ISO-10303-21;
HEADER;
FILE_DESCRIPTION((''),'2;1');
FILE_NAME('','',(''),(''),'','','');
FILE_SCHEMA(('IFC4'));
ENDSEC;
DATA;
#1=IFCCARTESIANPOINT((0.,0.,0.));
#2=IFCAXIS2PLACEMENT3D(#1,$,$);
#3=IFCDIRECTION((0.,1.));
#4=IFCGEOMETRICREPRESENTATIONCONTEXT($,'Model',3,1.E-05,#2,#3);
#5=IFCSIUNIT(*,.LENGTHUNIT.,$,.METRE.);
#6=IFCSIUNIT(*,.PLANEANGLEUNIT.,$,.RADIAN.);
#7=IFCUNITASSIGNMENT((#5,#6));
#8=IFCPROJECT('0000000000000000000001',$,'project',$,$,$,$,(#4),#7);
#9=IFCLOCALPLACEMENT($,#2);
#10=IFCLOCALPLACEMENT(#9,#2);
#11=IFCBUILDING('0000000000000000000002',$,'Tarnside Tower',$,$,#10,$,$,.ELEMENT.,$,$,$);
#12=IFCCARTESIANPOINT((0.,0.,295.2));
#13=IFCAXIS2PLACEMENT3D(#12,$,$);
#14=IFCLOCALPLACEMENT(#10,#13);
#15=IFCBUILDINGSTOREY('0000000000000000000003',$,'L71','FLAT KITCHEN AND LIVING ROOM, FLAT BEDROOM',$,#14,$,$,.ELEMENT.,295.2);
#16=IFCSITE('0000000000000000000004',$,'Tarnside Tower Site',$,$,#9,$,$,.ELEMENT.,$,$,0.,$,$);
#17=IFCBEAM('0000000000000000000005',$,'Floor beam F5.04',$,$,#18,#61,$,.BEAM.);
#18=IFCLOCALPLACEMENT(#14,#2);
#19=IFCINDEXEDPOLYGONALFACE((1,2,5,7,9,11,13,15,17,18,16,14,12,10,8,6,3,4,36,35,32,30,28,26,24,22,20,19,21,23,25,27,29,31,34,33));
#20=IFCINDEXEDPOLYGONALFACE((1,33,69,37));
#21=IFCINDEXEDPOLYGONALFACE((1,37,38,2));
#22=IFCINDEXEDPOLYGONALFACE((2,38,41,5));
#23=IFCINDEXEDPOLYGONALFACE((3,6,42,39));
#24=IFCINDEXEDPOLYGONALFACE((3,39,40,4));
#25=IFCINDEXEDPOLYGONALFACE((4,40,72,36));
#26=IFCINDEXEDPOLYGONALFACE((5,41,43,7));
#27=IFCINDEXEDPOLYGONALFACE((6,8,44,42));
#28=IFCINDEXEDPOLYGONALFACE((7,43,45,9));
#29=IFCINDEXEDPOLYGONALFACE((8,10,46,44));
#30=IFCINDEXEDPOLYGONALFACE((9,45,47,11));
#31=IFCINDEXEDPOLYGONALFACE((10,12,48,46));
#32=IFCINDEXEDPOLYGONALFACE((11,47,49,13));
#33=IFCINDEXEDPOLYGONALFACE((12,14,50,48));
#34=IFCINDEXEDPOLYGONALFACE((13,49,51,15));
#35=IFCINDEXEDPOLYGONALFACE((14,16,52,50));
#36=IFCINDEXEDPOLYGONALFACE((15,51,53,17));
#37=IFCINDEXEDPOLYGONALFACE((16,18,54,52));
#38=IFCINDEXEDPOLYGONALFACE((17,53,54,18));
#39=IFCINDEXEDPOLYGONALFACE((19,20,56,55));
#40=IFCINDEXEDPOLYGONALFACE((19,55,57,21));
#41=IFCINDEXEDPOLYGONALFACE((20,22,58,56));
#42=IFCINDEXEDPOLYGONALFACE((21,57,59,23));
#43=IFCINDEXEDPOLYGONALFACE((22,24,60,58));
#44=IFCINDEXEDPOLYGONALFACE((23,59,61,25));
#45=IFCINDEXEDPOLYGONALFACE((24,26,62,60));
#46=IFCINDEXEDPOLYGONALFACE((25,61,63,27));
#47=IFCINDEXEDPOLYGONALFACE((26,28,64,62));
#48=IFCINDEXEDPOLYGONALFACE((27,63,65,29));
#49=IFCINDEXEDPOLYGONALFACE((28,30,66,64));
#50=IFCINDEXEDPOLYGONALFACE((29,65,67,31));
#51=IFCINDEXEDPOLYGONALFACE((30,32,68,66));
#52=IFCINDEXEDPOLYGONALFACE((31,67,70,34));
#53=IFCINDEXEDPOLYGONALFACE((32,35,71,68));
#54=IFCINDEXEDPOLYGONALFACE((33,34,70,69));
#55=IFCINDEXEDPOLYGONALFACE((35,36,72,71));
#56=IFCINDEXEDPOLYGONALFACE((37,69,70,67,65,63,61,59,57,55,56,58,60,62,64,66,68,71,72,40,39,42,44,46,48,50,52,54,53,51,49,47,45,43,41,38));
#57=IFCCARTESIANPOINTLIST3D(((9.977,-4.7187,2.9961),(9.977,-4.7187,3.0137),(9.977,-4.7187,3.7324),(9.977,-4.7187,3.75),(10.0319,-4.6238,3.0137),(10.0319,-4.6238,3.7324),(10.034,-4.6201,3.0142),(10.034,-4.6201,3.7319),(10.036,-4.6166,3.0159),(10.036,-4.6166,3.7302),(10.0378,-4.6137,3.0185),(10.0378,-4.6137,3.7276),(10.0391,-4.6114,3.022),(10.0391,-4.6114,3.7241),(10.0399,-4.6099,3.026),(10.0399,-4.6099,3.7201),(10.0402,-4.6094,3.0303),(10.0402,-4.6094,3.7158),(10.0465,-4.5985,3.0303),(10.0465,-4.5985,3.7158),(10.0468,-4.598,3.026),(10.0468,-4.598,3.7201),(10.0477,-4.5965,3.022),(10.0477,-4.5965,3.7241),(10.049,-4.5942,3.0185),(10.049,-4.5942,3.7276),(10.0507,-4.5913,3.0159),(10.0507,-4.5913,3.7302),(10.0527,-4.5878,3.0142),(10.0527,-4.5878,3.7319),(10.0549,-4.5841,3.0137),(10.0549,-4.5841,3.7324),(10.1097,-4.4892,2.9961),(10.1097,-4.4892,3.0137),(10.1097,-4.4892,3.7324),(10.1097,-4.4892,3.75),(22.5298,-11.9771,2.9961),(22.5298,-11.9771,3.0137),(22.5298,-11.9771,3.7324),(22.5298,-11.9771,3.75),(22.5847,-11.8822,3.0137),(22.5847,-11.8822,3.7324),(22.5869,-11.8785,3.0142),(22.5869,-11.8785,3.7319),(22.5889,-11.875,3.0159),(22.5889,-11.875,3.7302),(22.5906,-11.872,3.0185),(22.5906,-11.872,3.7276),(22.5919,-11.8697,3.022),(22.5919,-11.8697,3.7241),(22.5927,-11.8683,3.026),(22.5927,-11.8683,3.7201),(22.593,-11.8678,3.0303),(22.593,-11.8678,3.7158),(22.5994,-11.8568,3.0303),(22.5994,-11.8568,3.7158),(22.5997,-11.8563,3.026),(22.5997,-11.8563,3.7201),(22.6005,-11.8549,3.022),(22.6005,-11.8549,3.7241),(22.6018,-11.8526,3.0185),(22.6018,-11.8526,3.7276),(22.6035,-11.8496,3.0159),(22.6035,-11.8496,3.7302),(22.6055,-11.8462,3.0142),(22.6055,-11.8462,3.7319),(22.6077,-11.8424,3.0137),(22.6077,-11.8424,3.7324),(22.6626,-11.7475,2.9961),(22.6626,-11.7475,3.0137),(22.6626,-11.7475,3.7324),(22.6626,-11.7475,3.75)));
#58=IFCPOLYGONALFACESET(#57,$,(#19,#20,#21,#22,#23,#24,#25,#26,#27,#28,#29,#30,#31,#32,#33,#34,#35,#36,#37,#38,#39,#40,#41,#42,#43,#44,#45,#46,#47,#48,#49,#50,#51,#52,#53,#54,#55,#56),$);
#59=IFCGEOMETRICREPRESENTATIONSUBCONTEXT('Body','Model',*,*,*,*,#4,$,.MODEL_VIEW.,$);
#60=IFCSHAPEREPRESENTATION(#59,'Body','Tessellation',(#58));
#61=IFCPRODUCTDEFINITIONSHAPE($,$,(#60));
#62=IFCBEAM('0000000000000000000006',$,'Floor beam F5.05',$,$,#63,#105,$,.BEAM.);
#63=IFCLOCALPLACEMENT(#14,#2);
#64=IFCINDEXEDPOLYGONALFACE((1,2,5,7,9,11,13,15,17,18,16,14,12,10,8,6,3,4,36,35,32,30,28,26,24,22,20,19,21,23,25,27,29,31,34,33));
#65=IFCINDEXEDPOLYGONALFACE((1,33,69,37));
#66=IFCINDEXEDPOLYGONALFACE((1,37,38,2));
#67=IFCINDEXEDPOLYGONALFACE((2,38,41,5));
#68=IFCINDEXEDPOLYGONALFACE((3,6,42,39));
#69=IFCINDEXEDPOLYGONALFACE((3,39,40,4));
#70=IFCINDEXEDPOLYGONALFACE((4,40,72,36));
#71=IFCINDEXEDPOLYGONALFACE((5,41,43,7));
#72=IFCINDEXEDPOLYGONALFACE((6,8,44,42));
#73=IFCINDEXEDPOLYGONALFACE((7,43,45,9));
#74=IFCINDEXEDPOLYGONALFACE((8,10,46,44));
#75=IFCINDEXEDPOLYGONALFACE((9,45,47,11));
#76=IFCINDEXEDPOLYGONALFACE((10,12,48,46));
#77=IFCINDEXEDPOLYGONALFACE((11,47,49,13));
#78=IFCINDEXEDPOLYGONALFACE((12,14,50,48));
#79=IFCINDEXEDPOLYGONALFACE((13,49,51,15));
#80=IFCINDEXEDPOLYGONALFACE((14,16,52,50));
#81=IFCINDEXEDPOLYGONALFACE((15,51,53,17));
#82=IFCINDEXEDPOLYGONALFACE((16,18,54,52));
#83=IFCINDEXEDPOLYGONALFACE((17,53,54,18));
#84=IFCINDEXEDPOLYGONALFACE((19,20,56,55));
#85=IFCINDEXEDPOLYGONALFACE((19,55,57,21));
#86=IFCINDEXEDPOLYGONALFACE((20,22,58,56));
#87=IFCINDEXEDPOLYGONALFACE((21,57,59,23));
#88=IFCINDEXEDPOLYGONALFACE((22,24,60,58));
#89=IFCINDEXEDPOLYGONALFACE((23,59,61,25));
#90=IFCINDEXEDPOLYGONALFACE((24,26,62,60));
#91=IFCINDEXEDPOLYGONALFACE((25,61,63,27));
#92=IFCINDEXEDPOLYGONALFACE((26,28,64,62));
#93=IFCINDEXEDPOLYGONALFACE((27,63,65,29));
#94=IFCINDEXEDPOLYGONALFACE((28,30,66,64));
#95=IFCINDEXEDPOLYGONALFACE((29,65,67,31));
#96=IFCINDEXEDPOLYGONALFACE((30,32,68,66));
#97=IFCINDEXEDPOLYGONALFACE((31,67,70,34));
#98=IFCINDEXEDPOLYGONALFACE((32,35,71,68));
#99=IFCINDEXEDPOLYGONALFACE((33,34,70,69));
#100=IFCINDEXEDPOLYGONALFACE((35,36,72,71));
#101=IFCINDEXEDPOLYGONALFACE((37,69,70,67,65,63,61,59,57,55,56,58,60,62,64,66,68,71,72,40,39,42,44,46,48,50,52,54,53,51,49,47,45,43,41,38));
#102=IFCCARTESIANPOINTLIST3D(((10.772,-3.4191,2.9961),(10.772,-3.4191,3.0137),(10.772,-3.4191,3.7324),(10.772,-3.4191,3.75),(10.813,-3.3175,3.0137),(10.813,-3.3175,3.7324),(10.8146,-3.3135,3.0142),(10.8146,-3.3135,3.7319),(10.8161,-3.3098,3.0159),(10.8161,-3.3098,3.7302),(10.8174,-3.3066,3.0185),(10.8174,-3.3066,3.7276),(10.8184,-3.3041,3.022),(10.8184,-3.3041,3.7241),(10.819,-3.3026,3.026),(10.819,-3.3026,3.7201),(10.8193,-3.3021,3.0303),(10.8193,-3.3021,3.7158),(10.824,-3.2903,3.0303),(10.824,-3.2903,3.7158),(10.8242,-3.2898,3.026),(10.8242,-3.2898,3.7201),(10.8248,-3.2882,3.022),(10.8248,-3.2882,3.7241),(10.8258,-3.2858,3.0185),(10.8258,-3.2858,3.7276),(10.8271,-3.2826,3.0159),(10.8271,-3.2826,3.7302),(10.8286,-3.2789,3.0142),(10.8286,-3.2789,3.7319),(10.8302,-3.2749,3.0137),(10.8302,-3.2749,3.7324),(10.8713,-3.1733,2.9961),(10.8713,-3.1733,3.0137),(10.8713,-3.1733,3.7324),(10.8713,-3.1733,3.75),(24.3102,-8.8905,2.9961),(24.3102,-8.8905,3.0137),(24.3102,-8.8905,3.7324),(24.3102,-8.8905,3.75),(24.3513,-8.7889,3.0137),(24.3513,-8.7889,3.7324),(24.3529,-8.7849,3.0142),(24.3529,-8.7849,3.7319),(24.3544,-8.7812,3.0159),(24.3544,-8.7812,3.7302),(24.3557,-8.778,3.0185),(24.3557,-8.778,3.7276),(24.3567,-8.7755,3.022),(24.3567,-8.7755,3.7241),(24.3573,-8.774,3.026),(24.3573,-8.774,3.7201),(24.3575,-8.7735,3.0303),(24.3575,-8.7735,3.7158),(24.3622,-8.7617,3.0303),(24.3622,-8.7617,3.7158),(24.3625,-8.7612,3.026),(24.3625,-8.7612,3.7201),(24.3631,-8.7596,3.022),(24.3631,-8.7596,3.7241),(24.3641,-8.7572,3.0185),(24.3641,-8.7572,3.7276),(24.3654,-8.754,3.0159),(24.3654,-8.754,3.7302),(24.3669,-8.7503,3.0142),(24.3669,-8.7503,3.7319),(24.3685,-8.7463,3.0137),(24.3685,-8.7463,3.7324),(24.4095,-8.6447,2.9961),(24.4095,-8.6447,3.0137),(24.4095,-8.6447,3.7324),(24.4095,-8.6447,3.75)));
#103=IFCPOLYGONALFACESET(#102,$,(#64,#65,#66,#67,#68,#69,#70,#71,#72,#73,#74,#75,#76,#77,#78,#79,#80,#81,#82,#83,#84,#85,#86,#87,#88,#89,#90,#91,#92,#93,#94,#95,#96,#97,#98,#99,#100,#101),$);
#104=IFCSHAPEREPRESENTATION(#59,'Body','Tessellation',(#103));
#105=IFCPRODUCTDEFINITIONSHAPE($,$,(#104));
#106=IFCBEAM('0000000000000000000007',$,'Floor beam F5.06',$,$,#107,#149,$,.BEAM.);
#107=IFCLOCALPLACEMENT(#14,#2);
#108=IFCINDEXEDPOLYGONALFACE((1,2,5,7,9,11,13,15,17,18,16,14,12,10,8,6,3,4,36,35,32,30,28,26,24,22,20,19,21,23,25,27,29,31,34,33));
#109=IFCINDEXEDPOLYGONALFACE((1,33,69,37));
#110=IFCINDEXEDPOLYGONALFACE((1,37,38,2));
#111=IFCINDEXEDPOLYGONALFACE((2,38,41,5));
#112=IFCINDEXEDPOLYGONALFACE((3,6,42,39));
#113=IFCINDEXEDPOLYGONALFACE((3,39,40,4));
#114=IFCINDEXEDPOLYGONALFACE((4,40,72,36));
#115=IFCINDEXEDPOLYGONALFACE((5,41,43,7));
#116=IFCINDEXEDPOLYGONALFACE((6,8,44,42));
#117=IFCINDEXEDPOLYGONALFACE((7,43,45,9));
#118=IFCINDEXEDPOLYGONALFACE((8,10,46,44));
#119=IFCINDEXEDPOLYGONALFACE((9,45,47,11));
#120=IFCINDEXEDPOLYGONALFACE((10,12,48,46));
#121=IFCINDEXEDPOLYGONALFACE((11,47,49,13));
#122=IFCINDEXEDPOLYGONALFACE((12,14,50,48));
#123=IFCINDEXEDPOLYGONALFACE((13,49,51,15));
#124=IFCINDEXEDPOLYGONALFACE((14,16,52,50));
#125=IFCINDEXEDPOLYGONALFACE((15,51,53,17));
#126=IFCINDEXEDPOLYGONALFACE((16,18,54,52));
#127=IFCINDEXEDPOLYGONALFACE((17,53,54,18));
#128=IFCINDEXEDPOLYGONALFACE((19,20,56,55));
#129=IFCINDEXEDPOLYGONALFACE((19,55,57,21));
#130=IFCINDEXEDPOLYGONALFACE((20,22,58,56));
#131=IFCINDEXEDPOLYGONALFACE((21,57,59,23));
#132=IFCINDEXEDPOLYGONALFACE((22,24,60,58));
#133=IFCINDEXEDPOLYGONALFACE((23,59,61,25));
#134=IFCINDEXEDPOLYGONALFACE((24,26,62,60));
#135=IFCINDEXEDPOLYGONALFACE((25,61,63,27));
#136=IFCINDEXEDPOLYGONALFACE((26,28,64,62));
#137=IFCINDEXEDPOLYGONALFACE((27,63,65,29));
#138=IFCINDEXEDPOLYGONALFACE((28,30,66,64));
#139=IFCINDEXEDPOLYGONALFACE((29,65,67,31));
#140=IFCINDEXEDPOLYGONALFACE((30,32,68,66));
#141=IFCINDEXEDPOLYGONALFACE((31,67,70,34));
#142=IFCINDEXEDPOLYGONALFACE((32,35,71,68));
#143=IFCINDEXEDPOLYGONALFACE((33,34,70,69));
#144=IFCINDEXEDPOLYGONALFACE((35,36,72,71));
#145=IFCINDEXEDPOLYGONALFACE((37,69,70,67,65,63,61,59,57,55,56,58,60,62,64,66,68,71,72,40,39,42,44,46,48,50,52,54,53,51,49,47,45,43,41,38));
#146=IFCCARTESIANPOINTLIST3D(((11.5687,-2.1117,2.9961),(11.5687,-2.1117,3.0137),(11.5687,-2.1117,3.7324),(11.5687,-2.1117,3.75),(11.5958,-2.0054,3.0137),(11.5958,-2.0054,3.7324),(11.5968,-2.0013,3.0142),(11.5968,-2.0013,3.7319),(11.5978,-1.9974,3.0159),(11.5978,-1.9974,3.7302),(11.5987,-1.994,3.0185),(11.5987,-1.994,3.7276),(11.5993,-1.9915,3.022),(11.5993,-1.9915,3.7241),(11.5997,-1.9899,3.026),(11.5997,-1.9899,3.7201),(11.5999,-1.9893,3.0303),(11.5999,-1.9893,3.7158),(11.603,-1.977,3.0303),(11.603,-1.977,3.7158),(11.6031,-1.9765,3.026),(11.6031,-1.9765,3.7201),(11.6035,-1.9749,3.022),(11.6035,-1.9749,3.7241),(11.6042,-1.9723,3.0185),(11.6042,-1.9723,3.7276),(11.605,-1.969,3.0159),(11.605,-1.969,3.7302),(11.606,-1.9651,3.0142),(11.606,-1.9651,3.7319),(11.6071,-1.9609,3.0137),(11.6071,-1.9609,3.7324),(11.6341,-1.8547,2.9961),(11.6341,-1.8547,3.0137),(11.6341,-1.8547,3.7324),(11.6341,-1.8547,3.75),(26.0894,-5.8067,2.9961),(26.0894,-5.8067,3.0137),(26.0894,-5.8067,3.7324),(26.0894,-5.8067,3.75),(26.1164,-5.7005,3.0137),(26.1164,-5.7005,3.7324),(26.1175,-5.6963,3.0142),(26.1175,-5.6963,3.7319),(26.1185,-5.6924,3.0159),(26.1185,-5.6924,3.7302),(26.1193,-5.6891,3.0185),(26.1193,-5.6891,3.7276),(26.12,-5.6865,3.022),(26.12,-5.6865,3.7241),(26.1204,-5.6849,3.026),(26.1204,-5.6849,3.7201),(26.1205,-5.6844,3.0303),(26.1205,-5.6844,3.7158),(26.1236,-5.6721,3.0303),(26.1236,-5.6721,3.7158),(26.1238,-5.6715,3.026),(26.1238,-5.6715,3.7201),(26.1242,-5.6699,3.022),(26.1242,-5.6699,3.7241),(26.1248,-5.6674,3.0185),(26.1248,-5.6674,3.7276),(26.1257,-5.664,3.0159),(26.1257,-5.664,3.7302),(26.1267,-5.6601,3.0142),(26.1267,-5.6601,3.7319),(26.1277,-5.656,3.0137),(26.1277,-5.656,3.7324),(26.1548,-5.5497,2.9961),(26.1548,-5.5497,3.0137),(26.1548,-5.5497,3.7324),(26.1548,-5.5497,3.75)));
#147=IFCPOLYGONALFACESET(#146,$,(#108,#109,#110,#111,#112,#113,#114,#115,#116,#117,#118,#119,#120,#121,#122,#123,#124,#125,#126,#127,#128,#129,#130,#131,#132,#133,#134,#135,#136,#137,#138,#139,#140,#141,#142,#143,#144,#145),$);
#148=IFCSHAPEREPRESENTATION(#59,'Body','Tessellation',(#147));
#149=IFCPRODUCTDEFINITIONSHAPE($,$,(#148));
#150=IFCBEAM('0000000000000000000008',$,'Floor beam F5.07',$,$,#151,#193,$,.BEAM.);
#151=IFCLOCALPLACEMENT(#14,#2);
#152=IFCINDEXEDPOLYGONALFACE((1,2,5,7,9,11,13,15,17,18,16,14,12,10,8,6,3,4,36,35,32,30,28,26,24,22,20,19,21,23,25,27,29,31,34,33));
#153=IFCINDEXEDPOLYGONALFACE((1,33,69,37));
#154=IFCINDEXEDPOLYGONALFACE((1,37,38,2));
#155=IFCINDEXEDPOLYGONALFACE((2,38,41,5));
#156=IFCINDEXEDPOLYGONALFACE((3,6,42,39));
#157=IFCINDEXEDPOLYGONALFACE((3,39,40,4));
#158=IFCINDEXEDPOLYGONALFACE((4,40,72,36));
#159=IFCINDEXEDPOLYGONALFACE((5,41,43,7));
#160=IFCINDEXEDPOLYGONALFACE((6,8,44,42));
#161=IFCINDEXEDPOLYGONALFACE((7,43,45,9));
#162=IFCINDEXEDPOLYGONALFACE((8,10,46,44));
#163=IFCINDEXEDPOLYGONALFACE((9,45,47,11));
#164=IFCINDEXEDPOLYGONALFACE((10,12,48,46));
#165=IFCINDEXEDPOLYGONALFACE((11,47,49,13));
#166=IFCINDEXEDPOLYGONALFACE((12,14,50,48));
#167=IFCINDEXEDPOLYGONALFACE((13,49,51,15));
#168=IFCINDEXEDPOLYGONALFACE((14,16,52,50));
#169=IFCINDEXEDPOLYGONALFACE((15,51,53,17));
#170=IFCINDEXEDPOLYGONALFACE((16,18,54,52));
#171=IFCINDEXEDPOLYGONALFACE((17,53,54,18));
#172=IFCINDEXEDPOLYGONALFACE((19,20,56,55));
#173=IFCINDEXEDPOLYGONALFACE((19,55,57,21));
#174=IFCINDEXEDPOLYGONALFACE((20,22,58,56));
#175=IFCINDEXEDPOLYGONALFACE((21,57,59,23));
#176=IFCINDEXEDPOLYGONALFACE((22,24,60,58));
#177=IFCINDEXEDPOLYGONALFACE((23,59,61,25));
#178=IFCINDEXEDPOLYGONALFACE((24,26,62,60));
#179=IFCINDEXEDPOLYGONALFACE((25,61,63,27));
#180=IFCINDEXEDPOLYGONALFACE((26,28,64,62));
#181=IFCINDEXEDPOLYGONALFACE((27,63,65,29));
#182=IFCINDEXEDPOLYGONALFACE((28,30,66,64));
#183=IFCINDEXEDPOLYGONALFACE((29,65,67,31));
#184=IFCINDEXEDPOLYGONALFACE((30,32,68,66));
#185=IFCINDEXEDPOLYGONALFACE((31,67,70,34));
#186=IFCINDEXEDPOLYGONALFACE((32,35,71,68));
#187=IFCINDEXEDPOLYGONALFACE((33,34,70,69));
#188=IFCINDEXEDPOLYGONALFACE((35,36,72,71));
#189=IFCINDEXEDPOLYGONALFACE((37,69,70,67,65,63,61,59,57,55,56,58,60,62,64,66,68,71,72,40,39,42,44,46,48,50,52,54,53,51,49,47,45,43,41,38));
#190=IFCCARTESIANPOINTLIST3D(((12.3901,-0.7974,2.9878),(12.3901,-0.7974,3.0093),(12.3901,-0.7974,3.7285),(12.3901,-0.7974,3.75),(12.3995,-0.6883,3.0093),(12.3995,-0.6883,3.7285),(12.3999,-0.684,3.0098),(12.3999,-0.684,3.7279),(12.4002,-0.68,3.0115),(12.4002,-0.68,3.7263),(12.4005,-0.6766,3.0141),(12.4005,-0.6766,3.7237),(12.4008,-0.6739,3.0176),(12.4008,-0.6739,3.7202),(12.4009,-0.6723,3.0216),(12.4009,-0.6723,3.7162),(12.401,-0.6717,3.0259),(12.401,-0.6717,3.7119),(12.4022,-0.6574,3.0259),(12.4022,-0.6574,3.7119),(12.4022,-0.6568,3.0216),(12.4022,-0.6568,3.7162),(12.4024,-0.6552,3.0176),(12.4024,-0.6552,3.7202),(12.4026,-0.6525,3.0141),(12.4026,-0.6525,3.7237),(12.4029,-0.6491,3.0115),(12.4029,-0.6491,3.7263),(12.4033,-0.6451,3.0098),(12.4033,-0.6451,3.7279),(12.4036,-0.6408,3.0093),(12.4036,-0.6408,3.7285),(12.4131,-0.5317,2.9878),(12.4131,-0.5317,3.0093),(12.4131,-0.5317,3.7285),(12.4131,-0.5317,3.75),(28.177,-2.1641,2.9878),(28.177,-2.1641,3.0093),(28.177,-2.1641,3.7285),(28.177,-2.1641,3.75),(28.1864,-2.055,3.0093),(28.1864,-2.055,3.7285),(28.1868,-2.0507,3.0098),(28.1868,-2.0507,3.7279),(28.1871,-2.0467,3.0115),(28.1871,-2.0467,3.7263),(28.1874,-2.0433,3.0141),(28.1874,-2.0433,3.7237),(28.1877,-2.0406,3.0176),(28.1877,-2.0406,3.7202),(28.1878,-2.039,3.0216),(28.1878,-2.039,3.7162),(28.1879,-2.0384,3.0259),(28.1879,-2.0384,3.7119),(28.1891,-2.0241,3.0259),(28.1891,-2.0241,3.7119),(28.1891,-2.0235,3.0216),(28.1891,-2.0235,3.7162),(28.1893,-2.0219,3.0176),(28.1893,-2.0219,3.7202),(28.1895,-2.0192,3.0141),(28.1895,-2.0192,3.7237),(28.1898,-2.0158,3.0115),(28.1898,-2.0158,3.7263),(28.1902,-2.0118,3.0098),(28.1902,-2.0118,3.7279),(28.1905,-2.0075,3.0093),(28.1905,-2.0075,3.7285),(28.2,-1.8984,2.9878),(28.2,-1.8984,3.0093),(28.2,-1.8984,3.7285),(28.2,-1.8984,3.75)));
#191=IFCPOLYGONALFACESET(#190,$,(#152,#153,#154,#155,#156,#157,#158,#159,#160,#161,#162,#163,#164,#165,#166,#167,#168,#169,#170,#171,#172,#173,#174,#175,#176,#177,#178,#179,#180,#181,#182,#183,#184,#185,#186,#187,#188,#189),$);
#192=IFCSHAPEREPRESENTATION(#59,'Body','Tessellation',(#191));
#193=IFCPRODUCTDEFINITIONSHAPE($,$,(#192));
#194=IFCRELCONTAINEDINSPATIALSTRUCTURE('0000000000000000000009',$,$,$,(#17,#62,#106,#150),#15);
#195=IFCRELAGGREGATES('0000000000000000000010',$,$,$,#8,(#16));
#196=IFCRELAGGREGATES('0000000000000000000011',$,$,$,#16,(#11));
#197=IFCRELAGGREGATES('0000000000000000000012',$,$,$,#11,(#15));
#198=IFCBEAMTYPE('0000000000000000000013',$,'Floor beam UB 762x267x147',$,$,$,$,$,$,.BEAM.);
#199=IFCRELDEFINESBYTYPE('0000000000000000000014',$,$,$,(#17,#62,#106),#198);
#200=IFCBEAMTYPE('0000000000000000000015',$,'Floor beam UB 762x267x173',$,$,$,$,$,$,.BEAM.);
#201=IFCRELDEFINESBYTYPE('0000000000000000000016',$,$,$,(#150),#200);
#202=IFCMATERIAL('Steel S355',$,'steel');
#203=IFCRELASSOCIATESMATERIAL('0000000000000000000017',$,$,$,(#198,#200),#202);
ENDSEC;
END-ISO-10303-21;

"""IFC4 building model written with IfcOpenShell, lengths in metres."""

from ifc_helpers import new_model, si_unit, direction, frame, origin, origin_2d, place, context, subcontext, project, spatial, i_section, extrude, material, material_profile, profile_set, type_object, element, save


model = new_model("IFC4")

# Units and contexts
model_context = context("Model", 3, precision=1e-05, world=origin(), true_north=direction((0.0, 1.0)))
body_context = subcontext(model_context, "Body", "Model", "MODEL_VIEW")
ifc_project = project(units=[si_unit("LENGTHUNIT", "METRE"), si_unit("PLANEANGLEUNIT", "RADIAN")], contexts=[model_context])

# Site, building, storey
site_placement = place(None, origin())
site = spatial("IfcSite", under=ifc_project, at=site_placement, Name="Tarnside Tower Site", CompositionType="ELEMENT", RefElevation=0.0)
building_placement = place(site_placement, origin())
building = spatial("IfcBuilding", under=site, at=building_placement, Name="Tarnside Tower", CompositionType="ELEMENT")
storey_placement = place(building_placement, frame((0.0, 0.0, 295.2)))
storey = spatial("IfcBuildingStorey", under=building, at=storey_placement, Name="L71", Description="FLAT KITCHEN AND LIVING ROOM, FLAT BEDROOM", CompositionType="ELEMENT", Elevation=295.2)

# Beams
ifc_material_1 = material(Name="Steel S355", Category="steel")
ifc_material_profile_1 = material_profile(ifc_material_1, i_section(OverallWidth=0.2651, OverallDepth=0.7539, WebThickness=0.0127, FlangeThickness=0.0176, FilletRadius=0.0166, at=origin_2d()), Name="UB 762x267x147")
ifc_profile_set_1 = profile_set([ifc_material_profile_1], Name="Steel S355")
beam_type_1 = type_object("IfcBeamType", Name="Floor beam UB 762x267x147", PredefinedType="BEAM", material=ifc_profile_set_1)
beam_1_placement = place(storey_placement, frame((22.5962, -11.8623, 3.373), z_axis=(-0.865697, 0.500568, 0.0), x_axis=(-0.500568, -0.865697, 0.0)))
element("IfcBeam", 1, at=beam_1_placement, inside=storey, type_object=beam_type_1, Name="Floor beam F5.04", PredefinedType="BEAM", context=body_context, shape_type="SweptSolid", body=[
    extrude(i_section(OverallWidth=0.2651, OverallDepth=0.7539, WebThickness=0.0127, FlangeThickness=0.0176, FilletRadius=0.0166, at=origin_2d()), origin(), (0.0, 0.0, 1.0), 14.5002),
])
beam_2_placement = place(storey_placement, frame((24.3599, -8.7676, 3.373), z_axis=(-0.927146, 0.374701, 0.0), x_axis=(-0.374701, -0.927146, 0.0)))
element("IfcBeam", 2, at=beam_2_placement, inside=storey, type_object=beam_type_1, Name="Floor beam F5.05", PredefinedType="BEAM", context=body_context, shape_type="SweptSolid", body=[
    extrude(i_section(OverallWidth=0.2651, OverallDepth=0.7539, WebThickness=0.0127, FlangeThickness=0.0176, FilletRadius=0.0166, at=origin_2d()), origin(), (0.0, 0.0, 1.0), 14.6021),
])
beam_3_placement = place(storey_placement, frame((26.1221, -5.6782, 3.373), z_axis=(-0.969115, 0.246609, 0.0), x_axis=(-0.246609, -0.969115, 0.0)))
element("IfcBeam", 3, at=beam_3_placement, inside=storey, type_object=beam_type_1, Name="Floor beam F5.06", PredefinedType="BEAM", context=body_context, shape_type="SweptSolid", body=[
    extrude(i_section(OverallWidth=0.2651, OverallDepth=0.7539, WebThickness=0.0127, FlangeThickness=0.0176, FilletRadius=0.0166, at=origin_2d()), origin(), (0.0, 0.0, 1.0), 14.9834),
])
ifc_material_profile_2 = material_profile(ifc_material_1, i_section(OverallWidth=0.2666, OverallDepth=0.7622, WebThickness=0.0144, FlangeThickness=0.0215, FilletRadius=0.0166, at=origin_2d()), Name="UB 762x267x173")
ifc_profile_set_2 = profile_set([ifc_material_profile_2], Name="Steel S355")
beam_type_2 = type_object("IfcBeamType", Name="Floor beam UB 762x267x173", PredefinedType="BEAM", material=ifc_profile_set_2)
beam_4_placement = place(storey_placement, frame((28.1885, -2.0312, 3.3689), z_axis=(-0.996274, 0.086249, 0.0), x_axis=(-0.086249, -0.996274, 0.0)))
element("IfcBeam", 4, at=beam_4_placement, inside=storey, type_object=beam_type_2, Name="Floor beam F5.07", PredefinedType="BEAM", context=body_context, shape_type="SweptSolid", body=[
    extrude(i_section(OverallWidth=0.2666, OverallDepth=0.7622, WebThickness=0.0144, FlangeThickness=0.0215, FilletRadius=0.0166, at=origin_2d()), origin(), (0.0, 0.0, 1.0), 15.8459),
])

save(model, "model.ifc")
